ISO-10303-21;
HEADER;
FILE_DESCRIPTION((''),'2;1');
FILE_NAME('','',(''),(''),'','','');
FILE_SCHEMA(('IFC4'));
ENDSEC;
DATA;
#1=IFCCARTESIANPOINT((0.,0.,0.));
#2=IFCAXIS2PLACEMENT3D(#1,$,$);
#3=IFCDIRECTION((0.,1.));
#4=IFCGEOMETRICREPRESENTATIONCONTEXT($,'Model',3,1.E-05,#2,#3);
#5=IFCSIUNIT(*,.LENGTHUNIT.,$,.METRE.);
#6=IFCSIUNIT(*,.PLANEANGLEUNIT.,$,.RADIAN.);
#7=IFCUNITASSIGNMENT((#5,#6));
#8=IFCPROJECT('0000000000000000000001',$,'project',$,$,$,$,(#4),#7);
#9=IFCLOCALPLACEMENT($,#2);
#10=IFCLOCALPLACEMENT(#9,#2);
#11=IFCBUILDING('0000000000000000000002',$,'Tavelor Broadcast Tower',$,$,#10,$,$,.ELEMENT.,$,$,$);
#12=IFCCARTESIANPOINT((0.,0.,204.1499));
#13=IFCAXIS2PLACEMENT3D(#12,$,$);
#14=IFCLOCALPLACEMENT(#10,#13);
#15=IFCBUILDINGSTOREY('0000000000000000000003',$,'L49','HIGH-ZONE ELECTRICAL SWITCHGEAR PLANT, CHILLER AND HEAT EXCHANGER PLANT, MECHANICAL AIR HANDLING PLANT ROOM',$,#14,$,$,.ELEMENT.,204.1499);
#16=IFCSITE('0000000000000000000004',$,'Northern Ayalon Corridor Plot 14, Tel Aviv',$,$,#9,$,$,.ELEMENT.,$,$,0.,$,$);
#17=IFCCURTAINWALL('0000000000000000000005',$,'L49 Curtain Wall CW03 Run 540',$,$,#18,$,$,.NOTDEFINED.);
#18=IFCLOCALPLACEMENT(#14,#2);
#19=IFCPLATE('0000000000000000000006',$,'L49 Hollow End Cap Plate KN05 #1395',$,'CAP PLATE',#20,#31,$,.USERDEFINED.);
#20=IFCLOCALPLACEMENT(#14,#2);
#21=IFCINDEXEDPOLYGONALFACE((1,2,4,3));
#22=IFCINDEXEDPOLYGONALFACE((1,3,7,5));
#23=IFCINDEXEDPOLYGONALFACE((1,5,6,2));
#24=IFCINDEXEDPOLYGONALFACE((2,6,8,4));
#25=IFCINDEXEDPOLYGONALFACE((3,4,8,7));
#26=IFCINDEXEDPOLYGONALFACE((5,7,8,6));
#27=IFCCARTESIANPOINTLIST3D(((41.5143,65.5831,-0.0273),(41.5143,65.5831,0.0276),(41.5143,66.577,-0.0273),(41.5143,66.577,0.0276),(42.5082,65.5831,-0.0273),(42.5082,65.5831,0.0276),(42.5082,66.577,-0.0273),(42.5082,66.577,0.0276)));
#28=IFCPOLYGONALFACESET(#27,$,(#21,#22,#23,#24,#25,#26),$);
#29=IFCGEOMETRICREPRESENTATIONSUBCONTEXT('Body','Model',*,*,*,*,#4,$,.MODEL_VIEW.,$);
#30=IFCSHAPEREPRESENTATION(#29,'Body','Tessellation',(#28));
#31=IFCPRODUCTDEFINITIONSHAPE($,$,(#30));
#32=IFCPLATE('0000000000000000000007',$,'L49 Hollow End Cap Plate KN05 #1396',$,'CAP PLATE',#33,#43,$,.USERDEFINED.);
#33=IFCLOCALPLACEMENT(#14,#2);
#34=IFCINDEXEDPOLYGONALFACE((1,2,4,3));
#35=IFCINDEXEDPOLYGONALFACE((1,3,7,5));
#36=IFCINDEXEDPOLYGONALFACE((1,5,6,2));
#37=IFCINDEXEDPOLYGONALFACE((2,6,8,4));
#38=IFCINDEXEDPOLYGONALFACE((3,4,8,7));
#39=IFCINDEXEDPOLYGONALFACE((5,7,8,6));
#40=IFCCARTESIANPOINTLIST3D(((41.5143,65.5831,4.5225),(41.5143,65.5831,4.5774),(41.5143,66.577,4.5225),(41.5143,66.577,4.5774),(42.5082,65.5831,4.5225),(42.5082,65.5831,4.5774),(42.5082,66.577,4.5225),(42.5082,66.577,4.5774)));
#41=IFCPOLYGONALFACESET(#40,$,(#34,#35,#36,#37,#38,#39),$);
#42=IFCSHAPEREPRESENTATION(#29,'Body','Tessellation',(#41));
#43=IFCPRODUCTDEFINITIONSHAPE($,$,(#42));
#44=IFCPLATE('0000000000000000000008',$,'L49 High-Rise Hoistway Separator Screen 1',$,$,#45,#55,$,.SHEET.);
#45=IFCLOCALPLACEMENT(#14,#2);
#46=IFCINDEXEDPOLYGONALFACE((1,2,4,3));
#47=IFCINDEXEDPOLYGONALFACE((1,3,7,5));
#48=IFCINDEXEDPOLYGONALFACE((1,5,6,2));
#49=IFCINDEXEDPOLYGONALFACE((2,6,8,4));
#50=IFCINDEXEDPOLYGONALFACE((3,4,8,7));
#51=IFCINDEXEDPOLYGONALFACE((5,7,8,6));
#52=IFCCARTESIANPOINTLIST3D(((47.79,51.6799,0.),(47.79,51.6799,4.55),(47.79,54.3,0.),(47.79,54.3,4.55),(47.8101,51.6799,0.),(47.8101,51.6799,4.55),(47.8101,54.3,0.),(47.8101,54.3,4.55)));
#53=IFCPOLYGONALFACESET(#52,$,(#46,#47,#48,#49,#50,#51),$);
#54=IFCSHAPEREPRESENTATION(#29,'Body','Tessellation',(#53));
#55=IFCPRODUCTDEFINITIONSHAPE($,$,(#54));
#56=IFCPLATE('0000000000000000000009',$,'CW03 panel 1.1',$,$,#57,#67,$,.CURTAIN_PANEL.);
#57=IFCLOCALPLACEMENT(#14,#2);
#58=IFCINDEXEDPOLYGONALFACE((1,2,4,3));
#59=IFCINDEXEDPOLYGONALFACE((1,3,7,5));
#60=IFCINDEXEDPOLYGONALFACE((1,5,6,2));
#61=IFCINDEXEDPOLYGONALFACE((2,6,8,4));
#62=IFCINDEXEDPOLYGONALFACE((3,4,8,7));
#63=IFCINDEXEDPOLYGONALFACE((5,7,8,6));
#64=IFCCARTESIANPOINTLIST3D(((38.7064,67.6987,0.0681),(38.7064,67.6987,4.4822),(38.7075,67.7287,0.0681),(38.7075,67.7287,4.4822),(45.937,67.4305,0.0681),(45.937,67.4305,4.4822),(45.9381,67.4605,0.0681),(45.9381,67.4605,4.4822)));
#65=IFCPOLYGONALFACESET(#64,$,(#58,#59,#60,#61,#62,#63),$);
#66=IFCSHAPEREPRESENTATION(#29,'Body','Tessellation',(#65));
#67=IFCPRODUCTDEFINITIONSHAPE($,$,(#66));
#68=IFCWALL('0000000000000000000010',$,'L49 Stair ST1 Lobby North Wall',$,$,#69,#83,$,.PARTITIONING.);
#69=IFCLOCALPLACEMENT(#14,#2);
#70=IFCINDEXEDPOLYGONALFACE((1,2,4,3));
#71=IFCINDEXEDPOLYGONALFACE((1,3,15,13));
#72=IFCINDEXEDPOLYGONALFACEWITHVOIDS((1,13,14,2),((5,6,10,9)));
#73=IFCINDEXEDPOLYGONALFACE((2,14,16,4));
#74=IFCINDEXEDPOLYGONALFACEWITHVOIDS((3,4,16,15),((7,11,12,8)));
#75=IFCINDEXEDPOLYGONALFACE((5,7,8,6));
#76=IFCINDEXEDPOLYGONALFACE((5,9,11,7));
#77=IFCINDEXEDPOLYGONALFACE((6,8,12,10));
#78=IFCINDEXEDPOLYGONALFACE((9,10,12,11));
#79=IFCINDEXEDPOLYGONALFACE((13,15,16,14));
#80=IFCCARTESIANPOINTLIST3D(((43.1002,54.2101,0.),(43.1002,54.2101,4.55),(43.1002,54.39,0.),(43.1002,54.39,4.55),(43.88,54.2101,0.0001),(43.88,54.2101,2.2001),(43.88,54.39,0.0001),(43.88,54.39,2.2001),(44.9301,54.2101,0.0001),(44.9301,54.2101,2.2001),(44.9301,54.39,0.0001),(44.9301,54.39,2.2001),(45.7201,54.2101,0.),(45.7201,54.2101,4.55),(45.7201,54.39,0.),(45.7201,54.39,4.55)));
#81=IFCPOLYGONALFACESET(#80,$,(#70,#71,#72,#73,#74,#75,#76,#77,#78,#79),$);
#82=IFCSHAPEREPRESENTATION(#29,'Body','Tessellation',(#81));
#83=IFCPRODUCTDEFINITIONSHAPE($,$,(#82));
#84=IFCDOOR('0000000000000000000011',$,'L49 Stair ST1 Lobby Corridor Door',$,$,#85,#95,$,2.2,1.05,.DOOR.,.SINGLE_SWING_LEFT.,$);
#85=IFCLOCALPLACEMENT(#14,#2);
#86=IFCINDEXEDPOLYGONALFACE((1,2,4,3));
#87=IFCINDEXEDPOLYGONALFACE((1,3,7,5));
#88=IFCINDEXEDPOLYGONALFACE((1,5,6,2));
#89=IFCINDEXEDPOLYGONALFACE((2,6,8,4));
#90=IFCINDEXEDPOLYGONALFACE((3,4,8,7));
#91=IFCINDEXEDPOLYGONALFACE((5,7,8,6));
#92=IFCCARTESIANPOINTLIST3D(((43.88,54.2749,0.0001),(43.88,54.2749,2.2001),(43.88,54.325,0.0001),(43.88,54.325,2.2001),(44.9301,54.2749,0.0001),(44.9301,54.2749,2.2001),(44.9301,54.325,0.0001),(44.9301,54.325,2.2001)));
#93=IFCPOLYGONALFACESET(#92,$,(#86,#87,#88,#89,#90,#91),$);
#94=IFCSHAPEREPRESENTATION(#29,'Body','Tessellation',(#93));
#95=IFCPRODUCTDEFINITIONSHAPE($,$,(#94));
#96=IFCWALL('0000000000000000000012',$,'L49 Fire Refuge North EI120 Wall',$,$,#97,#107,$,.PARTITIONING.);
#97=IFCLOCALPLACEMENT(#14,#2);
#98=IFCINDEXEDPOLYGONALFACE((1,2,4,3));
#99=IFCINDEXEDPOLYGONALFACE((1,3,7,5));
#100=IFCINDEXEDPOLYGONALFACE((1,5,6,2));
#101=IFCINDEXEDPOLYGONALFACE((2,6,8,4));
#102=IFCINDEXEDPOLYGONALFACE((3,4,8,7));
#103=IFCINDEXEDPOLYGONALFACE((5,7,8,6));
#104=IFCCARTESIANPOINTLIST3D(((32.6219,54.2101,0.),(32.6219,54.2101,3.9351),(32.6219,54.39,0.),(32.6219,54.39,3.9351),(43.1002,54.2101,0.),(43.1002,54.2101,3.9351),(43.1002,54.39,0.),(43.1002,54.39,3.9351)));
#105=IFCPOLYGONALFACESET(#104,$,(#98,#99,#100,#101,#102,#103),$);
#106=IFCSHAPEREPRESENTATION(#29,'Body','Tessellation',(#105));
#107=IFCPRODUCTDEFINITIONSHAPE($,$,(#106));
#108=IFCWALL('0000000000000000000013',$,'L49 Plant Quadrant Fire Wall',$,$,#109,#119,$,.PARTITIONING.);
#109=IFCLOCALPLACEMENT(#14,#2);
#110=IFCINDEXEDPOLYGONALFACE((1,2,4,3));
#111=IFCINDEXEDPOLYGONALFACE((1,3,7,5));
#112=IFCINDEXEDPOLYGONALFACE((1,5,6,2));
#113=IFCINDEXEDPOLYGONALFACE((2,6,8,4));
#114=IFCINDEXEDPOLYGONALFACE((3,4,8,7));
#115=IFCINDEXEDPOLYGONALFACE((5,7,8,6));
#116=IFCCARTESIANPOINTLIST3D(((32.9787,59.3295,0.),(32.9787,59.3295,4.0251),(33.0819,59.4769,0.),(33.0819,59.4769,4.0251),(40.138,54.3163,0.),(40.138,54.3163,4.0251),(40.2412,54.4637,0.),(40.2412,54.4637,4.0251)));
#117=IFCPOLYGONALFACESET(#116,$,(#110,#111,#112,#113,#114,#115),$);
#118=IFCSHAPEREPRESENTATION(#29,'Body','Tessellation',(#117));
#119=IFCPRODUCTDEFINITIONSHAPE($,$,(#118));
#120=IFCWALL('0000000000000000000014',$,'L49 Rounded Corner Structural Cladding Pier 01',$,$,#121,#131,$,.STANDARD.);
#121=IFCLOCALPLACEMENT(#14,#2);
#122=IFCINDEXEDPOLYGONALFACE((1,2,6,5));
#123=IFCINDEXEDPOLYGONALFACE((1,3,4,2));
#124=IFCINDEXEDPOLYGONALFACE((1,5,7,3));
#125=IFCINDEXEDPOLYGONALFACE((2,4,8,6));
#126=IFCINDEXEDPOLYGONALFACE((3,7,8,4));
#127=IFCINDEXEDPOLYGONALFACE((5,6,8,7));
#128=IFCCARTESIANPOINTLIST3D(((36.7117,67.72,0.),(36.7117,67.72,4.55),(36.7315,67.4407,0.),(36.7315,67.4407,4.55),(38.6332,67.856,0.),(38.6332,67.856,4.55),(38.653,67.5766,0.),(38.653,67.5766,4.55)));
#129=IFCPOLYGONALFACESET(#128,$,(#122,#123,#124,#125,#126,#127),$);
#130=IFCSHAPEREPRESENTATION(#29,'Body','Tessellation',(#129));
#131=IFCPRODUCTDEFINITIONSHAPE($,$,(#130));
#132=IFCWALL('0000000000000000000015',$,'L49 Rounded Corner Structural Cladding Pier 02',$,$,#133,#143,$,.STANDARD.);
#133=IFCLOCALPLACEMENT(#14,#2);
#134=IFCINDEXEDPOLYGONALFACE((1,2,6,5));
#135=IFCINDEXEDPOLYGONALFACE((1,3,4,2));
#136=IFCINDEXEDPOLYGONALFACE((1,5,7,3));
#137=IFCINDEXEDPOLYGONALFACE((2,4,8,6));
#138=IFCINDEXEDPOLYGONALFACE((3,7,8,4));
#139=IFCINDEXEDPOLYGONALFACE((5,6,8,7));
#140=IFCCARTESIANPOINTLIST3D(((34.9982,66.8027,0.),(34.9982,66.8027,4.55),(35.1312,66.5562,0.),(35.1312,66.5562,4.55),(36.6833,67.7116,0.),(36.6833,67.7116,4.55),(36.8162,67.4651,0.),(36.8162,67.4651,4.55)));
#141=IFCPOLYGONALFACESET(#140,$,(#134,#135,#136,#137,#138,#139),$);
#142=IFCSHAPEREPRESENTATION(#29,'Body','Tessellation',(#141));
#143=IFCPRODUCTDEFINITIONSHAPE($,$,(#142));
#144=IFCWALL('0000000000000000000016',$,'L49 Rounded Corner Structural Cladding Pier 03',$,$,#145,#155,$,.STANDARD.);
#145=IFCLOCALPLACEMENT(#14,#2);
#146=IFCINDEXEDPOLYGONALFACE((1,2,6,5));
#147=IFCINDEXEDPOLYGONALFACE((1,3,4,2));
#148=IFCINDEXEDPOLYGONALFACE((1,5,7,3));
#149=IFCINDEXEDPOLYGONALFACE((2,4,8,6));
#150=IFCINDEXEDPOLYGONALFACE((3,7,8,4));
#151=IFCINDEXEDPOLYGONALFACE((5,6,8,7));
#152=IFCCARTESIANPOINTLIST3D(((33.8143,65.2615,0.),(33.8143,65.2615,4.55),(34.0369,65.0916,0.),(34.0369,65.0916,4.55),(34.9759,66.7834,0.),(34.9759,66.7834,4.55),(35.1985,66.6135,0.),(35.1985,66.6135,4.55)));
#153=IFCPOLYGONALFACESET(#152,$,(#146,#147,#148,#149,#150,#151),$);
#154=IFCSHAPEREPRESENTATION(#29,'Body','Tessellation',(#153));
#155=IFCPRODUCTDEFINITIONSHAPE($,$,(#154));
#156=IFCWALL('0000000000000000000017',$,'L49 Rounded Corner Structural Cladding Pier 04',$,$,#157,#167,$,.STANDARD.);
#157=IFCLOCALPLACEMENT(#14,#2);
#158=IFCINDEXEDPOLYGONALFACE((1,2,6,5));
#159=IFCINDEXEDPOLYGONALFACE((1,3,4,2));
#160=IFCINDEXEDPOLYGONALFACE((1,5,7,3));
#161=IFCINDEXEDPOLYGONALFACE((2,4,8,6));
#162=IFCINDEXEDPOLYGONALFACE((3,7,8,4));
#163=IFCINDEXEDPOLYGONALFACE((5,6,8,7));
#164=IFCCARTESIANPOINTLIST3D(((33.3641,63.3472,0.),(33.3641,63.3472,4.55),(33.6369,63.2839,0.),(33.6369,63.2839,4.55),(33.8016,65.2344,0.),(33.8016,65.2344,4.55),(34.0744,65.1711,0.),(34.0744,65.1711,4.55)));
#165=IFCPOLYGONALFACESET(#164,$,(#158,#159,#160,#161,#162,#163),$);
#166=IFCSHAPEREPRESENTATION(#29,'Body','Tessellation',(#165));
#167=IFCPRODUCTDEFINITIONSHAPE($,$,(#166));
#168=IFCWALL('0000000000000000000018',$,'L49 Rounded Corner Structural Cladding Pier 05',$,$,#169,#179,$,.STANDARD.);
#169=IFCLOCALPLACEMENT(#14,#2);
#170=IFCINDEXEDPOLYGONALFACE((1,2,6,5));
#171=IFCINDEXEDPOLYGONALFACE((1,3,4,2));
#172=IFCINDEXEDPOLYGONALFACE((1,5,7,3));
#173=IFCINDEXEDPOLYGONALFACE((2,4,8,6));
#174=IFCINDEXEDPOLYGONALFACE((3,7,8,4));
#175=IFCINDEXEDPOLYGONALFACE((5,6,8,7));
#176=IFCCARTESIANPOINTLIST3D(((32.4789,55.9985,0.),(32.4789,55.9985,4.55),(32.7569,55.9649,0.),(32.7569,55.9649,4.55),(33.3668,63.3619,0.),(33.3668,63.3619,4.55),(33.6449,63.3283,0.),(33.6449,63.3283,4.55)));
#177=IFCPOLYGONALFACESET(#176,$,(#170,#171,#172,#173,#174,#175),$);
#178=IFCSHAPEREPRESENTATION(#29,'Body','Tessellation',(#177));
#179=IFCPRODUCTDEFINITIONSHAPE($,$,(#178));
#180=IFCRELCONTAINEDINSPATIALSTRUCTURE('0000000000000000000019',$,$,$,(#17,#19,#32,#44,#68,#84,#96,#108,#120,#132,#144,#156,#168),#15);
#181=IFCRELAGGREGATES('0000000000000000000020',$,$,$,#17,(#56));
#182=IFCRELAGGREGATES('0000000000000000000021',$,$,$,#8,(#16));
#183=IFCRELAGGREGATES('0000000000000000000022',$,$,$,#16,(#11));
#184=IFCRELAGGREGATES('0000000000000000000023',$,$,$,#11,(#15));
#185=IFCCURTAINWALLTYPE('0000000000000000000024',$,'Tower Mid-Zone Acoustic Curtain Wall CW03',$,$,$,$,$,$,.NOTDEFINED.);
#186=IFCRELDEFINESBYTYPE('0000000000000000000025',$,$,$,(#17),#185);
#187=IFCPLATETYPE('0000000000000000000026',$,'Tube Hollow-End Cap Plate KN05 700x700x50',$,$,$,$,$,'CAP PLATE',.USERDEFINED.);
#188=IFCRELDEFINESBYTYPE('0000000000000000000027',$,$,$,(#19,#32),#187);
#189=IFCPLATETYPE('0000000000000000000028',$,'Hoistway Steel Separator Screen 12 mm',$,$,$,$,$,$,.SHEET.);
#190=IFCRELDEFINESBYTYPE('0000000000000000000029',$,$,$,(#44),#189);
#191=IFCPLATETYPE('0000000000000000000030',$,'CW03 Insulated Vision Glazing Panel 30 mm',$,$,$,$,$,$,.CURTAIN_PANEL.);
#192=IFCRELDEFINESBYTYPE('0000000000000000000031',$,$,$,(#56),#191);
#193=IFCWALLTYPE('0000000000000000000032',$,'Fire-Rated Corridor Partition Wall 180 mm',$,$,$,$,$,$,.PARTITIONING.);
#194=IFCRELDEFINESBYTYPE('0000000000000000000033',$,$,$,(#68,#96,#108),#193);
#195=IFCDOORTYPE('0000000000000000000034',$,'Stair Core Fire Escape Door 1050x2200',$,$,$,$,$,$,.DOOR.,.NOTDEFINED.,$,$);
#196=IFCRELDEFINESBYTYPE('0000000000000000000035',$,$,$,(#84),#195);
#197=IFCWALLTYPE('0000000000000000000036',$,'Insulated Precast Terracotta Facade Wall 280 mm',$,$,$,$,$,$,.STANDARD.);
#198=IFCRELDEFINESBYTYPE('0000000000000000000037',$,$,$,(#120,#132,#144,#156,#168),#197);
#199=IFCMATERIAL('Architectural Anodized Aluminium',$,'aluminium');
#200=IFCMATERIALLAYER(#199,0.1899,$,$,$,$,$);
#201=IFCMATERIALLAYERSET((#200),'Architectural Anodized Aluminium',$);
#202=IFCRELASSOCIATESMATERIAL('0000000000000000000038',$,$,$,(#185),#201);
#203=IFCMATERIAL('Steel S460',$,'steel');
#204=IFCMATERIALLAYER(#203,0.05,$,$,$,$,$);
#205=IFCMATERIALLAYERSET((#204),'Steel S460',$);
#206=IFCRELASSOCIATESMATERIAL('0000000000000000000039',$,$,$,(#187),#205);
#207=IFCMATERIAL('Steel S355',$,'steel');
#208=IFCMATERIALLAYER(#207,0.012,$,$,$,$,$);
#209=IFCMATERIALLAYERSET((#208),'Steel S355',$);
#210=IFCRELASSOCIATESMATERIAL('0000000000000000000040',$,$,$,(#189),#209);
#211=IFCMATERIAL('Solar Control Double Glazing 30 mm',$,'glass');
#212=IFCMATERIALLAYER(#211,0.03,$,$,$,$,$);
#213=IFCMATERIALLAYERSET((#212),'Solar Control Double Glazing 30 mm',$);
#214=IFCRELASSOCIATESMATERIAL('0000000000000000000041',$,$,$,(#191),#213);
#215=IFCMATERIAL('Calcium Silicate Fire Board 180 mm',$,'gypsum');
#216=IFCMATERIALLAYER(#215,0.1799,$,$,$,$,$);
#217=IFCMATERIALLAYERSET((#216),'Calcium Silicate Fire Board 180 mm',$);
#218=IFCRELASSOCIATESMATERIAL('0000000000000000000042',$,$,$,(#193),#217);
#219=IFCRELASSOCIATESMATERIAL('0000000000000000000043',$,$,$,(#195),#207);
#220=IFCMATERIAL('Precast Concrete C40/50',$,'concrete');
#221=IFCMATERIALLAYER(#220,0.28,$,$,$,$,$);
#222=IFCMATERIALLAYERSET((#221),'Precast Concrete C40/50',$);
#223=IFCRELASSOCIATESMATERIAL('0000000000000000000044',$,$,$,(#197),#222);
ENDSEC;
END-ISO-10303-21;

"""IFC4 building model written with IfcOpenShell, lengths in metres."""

from ifc_helpers import new_model, si_unit, direction, frame, frame_2d, origin, origin_2d, place, context, subcontext, project, spatial, rectangle, extrude, source, transform, mapped, material, layer, layer_set, type_object, type_shapes, element, fill, aggregate, save


model = new_model("IFC4")

# Units and contexts
model_context = context("Model", 3, precision=1e-05, world=origin(), true_north=direction((0.0, 1.0)))
body_context = subcontext(model_context, "Body", "Model", "MODEL_VIEW")
ifc_project = project(units=[si_unit("LENGTHUNIT", "METRE"), si_unit("PLANEANGLEUNIT", "RADIAN")], contexts=[model_context])

# Site, building, storey
site_placement = place(None, origin())
site = spatial("IfcSite", under=ifc_project, at=site_placement, Name="Northern Ayalon Corridor Plot 14, Tel Aviv", CompositionType="ELEMENT", RefElevation=0.0)
building_placement = place(site_placement, origin())
building = spatial("IfcBuilding", under=site, at=building_placement, Name="Tavelor Broadcast Tower", CompositionType="ELEMENT")
storey_placement = place(building_placement, frame((0.0, 0.0, 204.1499)))
storey = spatial("IfcBuildingStorey", under=building, at=storey_placement, Name="L49", Description="HIGH-ZONE ELECTRICAL SWITCHGEAR PLANT, CHILLER AND HEAT EXCHANGER PLANT, MECHANICAL AIR HANDLING PLANT ROOM", CompositionType="ELEMENT", Elevation=204.1499)

# Shared definitions
ifc_material_1 = material(Name="Steel S460", Category="steel")

# Shared definitions
ifc_material_2 = material(Name="Steel S355", Category="steel")

# Curtain wall
ifc_material_3 = material(Name="Architectural Anodized Aluminium", Category="aluminium")
ifc_layer_1 = layer(ifc_material_3, 0.1899)
ifc_layer_set_1 = layer_set([ifc_layer_1], Name="Architectural Anodized Aluminium")
curtain_wall_type = type_object("IfcCurtainWallType", Name="Tower Mid-Zone Acoustic Curtain Wall CW03", PredefinedType="NOTDEFINED", material=ifc_layer_set_1)
curtain_wall_1_placement = place(storey_placement, origin())
curtain_wall_1 = element("IfcCurtainWall", 1, at=curtain_wall_1_placement, inside=storey, type_object=curtain_wall_type, Name="L49 Curtain Wall CW03 Run 540", PredefinedType="NOTDEFINED")

# Plates
ifc_layer_2 = layer(ifc_material_1, 0.05)
ifc_layer_set_2 = layer_set([ifc_layer_2], Name="Steel S460")
plate_type_1 = type_object("IfcPlateType", Name="Tube Hollow-End Cap Plate KN05 700x700x50", ElementType="CAP PLATE", PredefinedType="USERDEFINED", material=ifc_layer_set_2)
shared_shape_1 = source(origin(), body_context, "Body", "SweptSolid", [
    extrude(rectangle(XDim=0.9939, YDim=0.9939, at=origin_2d()), origin(), (0.0, 0.0, 1.0), 0.0549),
])
for number, where, z_axis, x_axis, name in (
    (2, (42.0112, 66.0801, -0.0273), (0.0, 0.0, 1.0), (1.0, 0.0, 0.0), "L49 Hollow End Cap Plate KN05 #1395"),
    (3, (42.0112, 66.0801, 4.5225), (0.0, 0.0, 1.0), (1.0, 0.0, 0.0), "L49 Hollow End Cap Plate KN05 #1396"),
):
    element("IfcPlate", number, at=place(storey_placement, frame(where, z_axis=z_axis, x_axis=x_axis)), inside=storey, type_object=plate_type_1, Name=name, ObjectType="CAP PLATE", PredefinedType="USERDEFINED", context=body_context, shape_type="MappedRepresentation", body=[
        mapped(shared_shape_1, transform((0.0, 0.0, 0.0), scale=1.0)),
    ])
ifc_layer_3 = layer(ifc_material_2, 0.012)
ifc_layer_set_3 = layer_set([ifc_layer_3], Name="Steel S355")
plate_type_2 = type_object("IfcPlateType", Name="Hoistway Steel Separator Screen 12 mm", PredefinedType="SHEET", material=ifc_layer_set_3)
shared_shape_2 = source(origin(), body_context, "Body", "SweptSolid", [
    extrude(rectangle(XDim=0.02, YDim=2.6201, at=origin_2d()), origin(), (0.0, 0.0, 1.0), 4.55),
])
type_shapes(plate_type_2, [shared_shape_2])
plate_1_placement = place(storey_placement, frame((47.8, 52.99, 0.0), z_axis=(0.0, 0.0, 1.0), x_axis=(1.0, 0.0, 0.0)))
element("IfcPlate", 4, at=plate_1_placement, inside=storey, type_object=plate_type_2, Name="L49 High-Rise Hoistway Separator Screen 1", PredefinedType="SHEET", context=body_context, shape_type="MappedRepresentation", body=[
    mapped(shared_shape_2, transform((0.0, 0.0, 0.0), scale=1.0)),
])

# Plate
ifc_material_4 = material(Name="Solar Control Double Glazing 30 mm", Category="glass")
ifc_layer_4 = layer(ifc_material_4, 0.03)
ifc_layer_set_4 = layer_set([ifc_layer_4], Name="Solar Control Double Glazing 30 mm")
plate_type_3 = type_object("IfcPlateType", Name="CW03 Insulated Vision Glazing Panel 30 mm", PredefinedType="CURTAIN_PANEL", material=ifc_layer_set_4)
shared_shape_3 = source(origin(), body_context, "Body", "SweptSolid", [
    extrude(rectangle(XDim=7.2356, YDim=0.03, at=origin_2d()), origin(), (0.0, 0.0, 1.0), 4.4141),
])
type_shapes(plate_type_3, [shared_shape_3])
plate_2_placement = place(storey_placement, frame((42.3223, 67.5796, 0.0681), z_axis=(0.0, 0.0, 1.0), x_axis=(-0.999313, 0.037061, 0.0)))
plate_2 = element("IfcPlate", 5, at=plate_2_placement, type_object=plate_type_3, Name="CW03 panel 1.1", PredefinedType="CURTAIN_PANEL", context=body_context, shape_type="MappedRepresentation", body=[
    mapped(shared_shape_3, transform((0.0, 0.0, 0.0), scale=1.0)),
])
aggregate(curtain_wall_1, [plate_2])

# Wall, opening, door
ifc_material_5 = material(Name="Calcium Silicate Fire Board 180 mm", Category="gypsum")
ifc_layer_5 = layer(ifc_material_5, 0.1799)
ifc_layer_set_5 = layer_set([ifc_layer_5], Name="Calcium Silicate Fire Board 180 mm")
wall_type_1 = type_object("IfcWallType", Name="Fire-Rated Corridor Partition Wall 180 mm", PredefinedType="PARTITIONING", material=ifc_layer_set_5)
wall_1_placement = place(storey_placement, frame((43.1001, 54.3, 0.0), z_axis=(0.0, 0.0, 1.0), x_axis=(1.0, 0.0, 0.0)))
wall_1 = element("IfcWall", 6, at=wall_1_placement, inside=storey, type_object=wall_type_1, Name="L49 Stair ST1 Lobby North Wall", PredefinedType="PARTITIONING", context=body_context, shape_type="SweptSolid", body=[
    extrude(rectangle(XDim=2.6199, YDim=0.1799, at=frame_2d((1.3101, 0.0))), origin(), (0.0, 0.0, 1.0), 4.55),
])
opening_placement = place(wall_1_placement, frame((0.78, 0.0, 0.0)))
opening = element("IfcOpeningElement", 7, at=opening_placement, cuts=wall_1, PredefinedType="OPENING", context=body_context, shape_type="SweptSolid", body=[
    extrude(rectangle(XDim=1.05, YDim=2.2, at=frame_2d((0.5249, 1.1001))), frame((0.0, 0.1001, 0.0), z_axis=(0.0, -1.0, 0.0), x_axis=(1.0, 0.0, 0.0)), (0.0, 0.0, 1.0), 0.2),
])
door_type = type_object("IfcDoorType", Name="Stair Core Fire Escape Door 1050x2200", OperationType="NOTDEFINED", PredefinedType="DOOR", material=ifc_material_2)
door_placement = place(opening_placement, origin())
door = element("IfcDoor", 8, at=door_placement, inside=storey, type_object=door_type, Name="L49 Stair ST1 Lobby Corridor Door", OperationType="SINGLE_SWING_LEFT", OverallHeight=2.2, OverallWidth=1.05, PredefinedType="DOOR", context=body_context, shape_type="SweptSolid", body=[
    extrude(rectangle(XDim=1.05, YDim=2.2, at=frame_2d((0.5249, 1.1001))), frame((0.0, 0.0249, 0.0), z_axis=(0.0, -1.0, 0.0), x_axis=(1.0, 0.0, 0.0)), (0.0, 0.0, 1.0), 0.05),
])
fill(opening, door)

# Walls
wall_2_placement = place(storey_placement, frame((32.6218, 54.3, 0.0), z_axis=(0.0, 0.0, 1.0), x_axis=(1.0, 0.0, 0.0)))
element("IfcWall", 9, at=wall_2_placement, inside=storey, type_object=wall_type_1, Name="L49 Fire Refuge North EI120 Wall", PredefinedType="PARTITIONING", context=body_context, shape_type="SweptSolid", body=[
    extrude(rectangle(XDim=10.4783, YDim=0.1799, at=frame_2d((5.2393, 0.0))), origin(), (0.0, 0.0, 1.0), 3.9351),
])
wall_3_placement = place(storey_placement, frame((40.1897, 54.3899, 0.0), z_axis=(0.0, 0.0, 1.0), x_axis=(-0.819137, 0.573597, 0.0)))
element("IfcWall", 10, at=wall_3_placement, inside=storey, type_object=wall_type_1, Name="L49 Plant Quadrant Fire Wall", PredefinedType="PARTITIONING", context=body_context, shape_type="SweptSolid", body=[
    extrude(rectangle(XDim=8.74, YDim=0.1799, at=frame_2d((4.3701, 0.0))), origin(), (0.0, 0.0, 1.0), 4.0251),
])
ifc_material_6 = material(Name="Precast Concrete C40/50", Category="concrete")
ifc_layer_6 = layer(ifc_material_6, 0.28)
ifc_layer_set_6 = layer_set([ifc_layer_6], Name="Precast Concrete C40/50")
wall_type_2 = type_object("IfcWallType", Name="Insulated Precast Terracotta Facade Wall 280 mm", PredefinedType="STANDARD", material=ifc_layer_set_6)
wall_4_placement = place(storey_placement, frame((38.6431, 67.7163, 0.0), z_axis=(0.0, 0.0, 1.0), x_axis=(-0.997505, -0.070598, 0.0)))
element("IfcWall", 11, at=wall_4_placement, inside=storey, type_object=wall_type_2, Name="L49 Rounded Corner Structural Cladding Pier 01", PredefinedType="STANDARD", context=body_context, shape_type="SweptSolid", body=[
    extrude(rectangle(XDim=1.9263, YDim=0.28, at=frame_2d((0.9631, 0.0))), origin(), (0.0, 0.0, 1.0), 4.55),
])
for number, where, z_axis, x_axis, name in (
    (12, (36.7498, 67.5884, 0.0), (0.0, 0.0, 1.0), (-0.880123, -0.474746, 0.0), "L49 Rounded Corner Structural Cladding Pier 02"),
    (13, (35.0872, 66.6985, 0.0), (0.0, 0.0, 1.0), (-0.606711, -0.794922, 0.0), "L49 Rounded Corner Structural Cladding Pier 03"),
):
    element("IfcWall", number, at=place(storey_placement, frame(where, z_axis=z_axis, x_axis=x_axis)), inside=storey, type_object=wall_type_2, Name=name, PredefinedType="STANDARD", context=body_context, shape_type="SweptSolid", body=[
        extrude(rectangle(XDim=1.9146, YDim=0.28, at=frame_2d((0.9573, 0.0))), origin(), (0.0, 0.0, 1.0), 4.55),
    ])
wall_5_placement = place(storey_placement, frame((33.938, 65.2029, 0.0), z_axis=(0.0, 0.0, 1.0), x_axis=(-0.225835, -0.974166, 0.0)))
element("IfcWall", 14, at=wall_5_placement, inside=storey, type_object=wall_type_2, Name="L49 Rounded Corner Structural Cladding Pier 04", PredefinedType="STANDARD", context=body_context, shape_type="SweptSolid", body=[
    extrude(rectangle(XDim=1.9373, YDim=0.28, at=frame_2d((0.9688, 0.0))), origin(), (0.0, 0.0, 1.0), 4.55),
])
wall_6_placement = place(storey_placement, frame((33.5059, 63.3452, 0.0), z_axis=(0.0, 0.0, 1.0), x_axis=(-0.119723, -0.992807, 0.0)))
element("IfcWall", 15, at=wall_6_placement, inside=storey, type_object=wall_type_2, Name="L49 Rounded Corner Structural Cladding Pier 05", PredefinedType="STANDARD", context=body_context, shape_type="SweptSolid", body=[
    extrude(rectangle(XDim=7.4167, YDim=0.28, at=frame_2d((3.7085, 0.0))), origin(), (0.0, 0.0, 1.0), 4.55),
])

save(model, "model.ifc")
